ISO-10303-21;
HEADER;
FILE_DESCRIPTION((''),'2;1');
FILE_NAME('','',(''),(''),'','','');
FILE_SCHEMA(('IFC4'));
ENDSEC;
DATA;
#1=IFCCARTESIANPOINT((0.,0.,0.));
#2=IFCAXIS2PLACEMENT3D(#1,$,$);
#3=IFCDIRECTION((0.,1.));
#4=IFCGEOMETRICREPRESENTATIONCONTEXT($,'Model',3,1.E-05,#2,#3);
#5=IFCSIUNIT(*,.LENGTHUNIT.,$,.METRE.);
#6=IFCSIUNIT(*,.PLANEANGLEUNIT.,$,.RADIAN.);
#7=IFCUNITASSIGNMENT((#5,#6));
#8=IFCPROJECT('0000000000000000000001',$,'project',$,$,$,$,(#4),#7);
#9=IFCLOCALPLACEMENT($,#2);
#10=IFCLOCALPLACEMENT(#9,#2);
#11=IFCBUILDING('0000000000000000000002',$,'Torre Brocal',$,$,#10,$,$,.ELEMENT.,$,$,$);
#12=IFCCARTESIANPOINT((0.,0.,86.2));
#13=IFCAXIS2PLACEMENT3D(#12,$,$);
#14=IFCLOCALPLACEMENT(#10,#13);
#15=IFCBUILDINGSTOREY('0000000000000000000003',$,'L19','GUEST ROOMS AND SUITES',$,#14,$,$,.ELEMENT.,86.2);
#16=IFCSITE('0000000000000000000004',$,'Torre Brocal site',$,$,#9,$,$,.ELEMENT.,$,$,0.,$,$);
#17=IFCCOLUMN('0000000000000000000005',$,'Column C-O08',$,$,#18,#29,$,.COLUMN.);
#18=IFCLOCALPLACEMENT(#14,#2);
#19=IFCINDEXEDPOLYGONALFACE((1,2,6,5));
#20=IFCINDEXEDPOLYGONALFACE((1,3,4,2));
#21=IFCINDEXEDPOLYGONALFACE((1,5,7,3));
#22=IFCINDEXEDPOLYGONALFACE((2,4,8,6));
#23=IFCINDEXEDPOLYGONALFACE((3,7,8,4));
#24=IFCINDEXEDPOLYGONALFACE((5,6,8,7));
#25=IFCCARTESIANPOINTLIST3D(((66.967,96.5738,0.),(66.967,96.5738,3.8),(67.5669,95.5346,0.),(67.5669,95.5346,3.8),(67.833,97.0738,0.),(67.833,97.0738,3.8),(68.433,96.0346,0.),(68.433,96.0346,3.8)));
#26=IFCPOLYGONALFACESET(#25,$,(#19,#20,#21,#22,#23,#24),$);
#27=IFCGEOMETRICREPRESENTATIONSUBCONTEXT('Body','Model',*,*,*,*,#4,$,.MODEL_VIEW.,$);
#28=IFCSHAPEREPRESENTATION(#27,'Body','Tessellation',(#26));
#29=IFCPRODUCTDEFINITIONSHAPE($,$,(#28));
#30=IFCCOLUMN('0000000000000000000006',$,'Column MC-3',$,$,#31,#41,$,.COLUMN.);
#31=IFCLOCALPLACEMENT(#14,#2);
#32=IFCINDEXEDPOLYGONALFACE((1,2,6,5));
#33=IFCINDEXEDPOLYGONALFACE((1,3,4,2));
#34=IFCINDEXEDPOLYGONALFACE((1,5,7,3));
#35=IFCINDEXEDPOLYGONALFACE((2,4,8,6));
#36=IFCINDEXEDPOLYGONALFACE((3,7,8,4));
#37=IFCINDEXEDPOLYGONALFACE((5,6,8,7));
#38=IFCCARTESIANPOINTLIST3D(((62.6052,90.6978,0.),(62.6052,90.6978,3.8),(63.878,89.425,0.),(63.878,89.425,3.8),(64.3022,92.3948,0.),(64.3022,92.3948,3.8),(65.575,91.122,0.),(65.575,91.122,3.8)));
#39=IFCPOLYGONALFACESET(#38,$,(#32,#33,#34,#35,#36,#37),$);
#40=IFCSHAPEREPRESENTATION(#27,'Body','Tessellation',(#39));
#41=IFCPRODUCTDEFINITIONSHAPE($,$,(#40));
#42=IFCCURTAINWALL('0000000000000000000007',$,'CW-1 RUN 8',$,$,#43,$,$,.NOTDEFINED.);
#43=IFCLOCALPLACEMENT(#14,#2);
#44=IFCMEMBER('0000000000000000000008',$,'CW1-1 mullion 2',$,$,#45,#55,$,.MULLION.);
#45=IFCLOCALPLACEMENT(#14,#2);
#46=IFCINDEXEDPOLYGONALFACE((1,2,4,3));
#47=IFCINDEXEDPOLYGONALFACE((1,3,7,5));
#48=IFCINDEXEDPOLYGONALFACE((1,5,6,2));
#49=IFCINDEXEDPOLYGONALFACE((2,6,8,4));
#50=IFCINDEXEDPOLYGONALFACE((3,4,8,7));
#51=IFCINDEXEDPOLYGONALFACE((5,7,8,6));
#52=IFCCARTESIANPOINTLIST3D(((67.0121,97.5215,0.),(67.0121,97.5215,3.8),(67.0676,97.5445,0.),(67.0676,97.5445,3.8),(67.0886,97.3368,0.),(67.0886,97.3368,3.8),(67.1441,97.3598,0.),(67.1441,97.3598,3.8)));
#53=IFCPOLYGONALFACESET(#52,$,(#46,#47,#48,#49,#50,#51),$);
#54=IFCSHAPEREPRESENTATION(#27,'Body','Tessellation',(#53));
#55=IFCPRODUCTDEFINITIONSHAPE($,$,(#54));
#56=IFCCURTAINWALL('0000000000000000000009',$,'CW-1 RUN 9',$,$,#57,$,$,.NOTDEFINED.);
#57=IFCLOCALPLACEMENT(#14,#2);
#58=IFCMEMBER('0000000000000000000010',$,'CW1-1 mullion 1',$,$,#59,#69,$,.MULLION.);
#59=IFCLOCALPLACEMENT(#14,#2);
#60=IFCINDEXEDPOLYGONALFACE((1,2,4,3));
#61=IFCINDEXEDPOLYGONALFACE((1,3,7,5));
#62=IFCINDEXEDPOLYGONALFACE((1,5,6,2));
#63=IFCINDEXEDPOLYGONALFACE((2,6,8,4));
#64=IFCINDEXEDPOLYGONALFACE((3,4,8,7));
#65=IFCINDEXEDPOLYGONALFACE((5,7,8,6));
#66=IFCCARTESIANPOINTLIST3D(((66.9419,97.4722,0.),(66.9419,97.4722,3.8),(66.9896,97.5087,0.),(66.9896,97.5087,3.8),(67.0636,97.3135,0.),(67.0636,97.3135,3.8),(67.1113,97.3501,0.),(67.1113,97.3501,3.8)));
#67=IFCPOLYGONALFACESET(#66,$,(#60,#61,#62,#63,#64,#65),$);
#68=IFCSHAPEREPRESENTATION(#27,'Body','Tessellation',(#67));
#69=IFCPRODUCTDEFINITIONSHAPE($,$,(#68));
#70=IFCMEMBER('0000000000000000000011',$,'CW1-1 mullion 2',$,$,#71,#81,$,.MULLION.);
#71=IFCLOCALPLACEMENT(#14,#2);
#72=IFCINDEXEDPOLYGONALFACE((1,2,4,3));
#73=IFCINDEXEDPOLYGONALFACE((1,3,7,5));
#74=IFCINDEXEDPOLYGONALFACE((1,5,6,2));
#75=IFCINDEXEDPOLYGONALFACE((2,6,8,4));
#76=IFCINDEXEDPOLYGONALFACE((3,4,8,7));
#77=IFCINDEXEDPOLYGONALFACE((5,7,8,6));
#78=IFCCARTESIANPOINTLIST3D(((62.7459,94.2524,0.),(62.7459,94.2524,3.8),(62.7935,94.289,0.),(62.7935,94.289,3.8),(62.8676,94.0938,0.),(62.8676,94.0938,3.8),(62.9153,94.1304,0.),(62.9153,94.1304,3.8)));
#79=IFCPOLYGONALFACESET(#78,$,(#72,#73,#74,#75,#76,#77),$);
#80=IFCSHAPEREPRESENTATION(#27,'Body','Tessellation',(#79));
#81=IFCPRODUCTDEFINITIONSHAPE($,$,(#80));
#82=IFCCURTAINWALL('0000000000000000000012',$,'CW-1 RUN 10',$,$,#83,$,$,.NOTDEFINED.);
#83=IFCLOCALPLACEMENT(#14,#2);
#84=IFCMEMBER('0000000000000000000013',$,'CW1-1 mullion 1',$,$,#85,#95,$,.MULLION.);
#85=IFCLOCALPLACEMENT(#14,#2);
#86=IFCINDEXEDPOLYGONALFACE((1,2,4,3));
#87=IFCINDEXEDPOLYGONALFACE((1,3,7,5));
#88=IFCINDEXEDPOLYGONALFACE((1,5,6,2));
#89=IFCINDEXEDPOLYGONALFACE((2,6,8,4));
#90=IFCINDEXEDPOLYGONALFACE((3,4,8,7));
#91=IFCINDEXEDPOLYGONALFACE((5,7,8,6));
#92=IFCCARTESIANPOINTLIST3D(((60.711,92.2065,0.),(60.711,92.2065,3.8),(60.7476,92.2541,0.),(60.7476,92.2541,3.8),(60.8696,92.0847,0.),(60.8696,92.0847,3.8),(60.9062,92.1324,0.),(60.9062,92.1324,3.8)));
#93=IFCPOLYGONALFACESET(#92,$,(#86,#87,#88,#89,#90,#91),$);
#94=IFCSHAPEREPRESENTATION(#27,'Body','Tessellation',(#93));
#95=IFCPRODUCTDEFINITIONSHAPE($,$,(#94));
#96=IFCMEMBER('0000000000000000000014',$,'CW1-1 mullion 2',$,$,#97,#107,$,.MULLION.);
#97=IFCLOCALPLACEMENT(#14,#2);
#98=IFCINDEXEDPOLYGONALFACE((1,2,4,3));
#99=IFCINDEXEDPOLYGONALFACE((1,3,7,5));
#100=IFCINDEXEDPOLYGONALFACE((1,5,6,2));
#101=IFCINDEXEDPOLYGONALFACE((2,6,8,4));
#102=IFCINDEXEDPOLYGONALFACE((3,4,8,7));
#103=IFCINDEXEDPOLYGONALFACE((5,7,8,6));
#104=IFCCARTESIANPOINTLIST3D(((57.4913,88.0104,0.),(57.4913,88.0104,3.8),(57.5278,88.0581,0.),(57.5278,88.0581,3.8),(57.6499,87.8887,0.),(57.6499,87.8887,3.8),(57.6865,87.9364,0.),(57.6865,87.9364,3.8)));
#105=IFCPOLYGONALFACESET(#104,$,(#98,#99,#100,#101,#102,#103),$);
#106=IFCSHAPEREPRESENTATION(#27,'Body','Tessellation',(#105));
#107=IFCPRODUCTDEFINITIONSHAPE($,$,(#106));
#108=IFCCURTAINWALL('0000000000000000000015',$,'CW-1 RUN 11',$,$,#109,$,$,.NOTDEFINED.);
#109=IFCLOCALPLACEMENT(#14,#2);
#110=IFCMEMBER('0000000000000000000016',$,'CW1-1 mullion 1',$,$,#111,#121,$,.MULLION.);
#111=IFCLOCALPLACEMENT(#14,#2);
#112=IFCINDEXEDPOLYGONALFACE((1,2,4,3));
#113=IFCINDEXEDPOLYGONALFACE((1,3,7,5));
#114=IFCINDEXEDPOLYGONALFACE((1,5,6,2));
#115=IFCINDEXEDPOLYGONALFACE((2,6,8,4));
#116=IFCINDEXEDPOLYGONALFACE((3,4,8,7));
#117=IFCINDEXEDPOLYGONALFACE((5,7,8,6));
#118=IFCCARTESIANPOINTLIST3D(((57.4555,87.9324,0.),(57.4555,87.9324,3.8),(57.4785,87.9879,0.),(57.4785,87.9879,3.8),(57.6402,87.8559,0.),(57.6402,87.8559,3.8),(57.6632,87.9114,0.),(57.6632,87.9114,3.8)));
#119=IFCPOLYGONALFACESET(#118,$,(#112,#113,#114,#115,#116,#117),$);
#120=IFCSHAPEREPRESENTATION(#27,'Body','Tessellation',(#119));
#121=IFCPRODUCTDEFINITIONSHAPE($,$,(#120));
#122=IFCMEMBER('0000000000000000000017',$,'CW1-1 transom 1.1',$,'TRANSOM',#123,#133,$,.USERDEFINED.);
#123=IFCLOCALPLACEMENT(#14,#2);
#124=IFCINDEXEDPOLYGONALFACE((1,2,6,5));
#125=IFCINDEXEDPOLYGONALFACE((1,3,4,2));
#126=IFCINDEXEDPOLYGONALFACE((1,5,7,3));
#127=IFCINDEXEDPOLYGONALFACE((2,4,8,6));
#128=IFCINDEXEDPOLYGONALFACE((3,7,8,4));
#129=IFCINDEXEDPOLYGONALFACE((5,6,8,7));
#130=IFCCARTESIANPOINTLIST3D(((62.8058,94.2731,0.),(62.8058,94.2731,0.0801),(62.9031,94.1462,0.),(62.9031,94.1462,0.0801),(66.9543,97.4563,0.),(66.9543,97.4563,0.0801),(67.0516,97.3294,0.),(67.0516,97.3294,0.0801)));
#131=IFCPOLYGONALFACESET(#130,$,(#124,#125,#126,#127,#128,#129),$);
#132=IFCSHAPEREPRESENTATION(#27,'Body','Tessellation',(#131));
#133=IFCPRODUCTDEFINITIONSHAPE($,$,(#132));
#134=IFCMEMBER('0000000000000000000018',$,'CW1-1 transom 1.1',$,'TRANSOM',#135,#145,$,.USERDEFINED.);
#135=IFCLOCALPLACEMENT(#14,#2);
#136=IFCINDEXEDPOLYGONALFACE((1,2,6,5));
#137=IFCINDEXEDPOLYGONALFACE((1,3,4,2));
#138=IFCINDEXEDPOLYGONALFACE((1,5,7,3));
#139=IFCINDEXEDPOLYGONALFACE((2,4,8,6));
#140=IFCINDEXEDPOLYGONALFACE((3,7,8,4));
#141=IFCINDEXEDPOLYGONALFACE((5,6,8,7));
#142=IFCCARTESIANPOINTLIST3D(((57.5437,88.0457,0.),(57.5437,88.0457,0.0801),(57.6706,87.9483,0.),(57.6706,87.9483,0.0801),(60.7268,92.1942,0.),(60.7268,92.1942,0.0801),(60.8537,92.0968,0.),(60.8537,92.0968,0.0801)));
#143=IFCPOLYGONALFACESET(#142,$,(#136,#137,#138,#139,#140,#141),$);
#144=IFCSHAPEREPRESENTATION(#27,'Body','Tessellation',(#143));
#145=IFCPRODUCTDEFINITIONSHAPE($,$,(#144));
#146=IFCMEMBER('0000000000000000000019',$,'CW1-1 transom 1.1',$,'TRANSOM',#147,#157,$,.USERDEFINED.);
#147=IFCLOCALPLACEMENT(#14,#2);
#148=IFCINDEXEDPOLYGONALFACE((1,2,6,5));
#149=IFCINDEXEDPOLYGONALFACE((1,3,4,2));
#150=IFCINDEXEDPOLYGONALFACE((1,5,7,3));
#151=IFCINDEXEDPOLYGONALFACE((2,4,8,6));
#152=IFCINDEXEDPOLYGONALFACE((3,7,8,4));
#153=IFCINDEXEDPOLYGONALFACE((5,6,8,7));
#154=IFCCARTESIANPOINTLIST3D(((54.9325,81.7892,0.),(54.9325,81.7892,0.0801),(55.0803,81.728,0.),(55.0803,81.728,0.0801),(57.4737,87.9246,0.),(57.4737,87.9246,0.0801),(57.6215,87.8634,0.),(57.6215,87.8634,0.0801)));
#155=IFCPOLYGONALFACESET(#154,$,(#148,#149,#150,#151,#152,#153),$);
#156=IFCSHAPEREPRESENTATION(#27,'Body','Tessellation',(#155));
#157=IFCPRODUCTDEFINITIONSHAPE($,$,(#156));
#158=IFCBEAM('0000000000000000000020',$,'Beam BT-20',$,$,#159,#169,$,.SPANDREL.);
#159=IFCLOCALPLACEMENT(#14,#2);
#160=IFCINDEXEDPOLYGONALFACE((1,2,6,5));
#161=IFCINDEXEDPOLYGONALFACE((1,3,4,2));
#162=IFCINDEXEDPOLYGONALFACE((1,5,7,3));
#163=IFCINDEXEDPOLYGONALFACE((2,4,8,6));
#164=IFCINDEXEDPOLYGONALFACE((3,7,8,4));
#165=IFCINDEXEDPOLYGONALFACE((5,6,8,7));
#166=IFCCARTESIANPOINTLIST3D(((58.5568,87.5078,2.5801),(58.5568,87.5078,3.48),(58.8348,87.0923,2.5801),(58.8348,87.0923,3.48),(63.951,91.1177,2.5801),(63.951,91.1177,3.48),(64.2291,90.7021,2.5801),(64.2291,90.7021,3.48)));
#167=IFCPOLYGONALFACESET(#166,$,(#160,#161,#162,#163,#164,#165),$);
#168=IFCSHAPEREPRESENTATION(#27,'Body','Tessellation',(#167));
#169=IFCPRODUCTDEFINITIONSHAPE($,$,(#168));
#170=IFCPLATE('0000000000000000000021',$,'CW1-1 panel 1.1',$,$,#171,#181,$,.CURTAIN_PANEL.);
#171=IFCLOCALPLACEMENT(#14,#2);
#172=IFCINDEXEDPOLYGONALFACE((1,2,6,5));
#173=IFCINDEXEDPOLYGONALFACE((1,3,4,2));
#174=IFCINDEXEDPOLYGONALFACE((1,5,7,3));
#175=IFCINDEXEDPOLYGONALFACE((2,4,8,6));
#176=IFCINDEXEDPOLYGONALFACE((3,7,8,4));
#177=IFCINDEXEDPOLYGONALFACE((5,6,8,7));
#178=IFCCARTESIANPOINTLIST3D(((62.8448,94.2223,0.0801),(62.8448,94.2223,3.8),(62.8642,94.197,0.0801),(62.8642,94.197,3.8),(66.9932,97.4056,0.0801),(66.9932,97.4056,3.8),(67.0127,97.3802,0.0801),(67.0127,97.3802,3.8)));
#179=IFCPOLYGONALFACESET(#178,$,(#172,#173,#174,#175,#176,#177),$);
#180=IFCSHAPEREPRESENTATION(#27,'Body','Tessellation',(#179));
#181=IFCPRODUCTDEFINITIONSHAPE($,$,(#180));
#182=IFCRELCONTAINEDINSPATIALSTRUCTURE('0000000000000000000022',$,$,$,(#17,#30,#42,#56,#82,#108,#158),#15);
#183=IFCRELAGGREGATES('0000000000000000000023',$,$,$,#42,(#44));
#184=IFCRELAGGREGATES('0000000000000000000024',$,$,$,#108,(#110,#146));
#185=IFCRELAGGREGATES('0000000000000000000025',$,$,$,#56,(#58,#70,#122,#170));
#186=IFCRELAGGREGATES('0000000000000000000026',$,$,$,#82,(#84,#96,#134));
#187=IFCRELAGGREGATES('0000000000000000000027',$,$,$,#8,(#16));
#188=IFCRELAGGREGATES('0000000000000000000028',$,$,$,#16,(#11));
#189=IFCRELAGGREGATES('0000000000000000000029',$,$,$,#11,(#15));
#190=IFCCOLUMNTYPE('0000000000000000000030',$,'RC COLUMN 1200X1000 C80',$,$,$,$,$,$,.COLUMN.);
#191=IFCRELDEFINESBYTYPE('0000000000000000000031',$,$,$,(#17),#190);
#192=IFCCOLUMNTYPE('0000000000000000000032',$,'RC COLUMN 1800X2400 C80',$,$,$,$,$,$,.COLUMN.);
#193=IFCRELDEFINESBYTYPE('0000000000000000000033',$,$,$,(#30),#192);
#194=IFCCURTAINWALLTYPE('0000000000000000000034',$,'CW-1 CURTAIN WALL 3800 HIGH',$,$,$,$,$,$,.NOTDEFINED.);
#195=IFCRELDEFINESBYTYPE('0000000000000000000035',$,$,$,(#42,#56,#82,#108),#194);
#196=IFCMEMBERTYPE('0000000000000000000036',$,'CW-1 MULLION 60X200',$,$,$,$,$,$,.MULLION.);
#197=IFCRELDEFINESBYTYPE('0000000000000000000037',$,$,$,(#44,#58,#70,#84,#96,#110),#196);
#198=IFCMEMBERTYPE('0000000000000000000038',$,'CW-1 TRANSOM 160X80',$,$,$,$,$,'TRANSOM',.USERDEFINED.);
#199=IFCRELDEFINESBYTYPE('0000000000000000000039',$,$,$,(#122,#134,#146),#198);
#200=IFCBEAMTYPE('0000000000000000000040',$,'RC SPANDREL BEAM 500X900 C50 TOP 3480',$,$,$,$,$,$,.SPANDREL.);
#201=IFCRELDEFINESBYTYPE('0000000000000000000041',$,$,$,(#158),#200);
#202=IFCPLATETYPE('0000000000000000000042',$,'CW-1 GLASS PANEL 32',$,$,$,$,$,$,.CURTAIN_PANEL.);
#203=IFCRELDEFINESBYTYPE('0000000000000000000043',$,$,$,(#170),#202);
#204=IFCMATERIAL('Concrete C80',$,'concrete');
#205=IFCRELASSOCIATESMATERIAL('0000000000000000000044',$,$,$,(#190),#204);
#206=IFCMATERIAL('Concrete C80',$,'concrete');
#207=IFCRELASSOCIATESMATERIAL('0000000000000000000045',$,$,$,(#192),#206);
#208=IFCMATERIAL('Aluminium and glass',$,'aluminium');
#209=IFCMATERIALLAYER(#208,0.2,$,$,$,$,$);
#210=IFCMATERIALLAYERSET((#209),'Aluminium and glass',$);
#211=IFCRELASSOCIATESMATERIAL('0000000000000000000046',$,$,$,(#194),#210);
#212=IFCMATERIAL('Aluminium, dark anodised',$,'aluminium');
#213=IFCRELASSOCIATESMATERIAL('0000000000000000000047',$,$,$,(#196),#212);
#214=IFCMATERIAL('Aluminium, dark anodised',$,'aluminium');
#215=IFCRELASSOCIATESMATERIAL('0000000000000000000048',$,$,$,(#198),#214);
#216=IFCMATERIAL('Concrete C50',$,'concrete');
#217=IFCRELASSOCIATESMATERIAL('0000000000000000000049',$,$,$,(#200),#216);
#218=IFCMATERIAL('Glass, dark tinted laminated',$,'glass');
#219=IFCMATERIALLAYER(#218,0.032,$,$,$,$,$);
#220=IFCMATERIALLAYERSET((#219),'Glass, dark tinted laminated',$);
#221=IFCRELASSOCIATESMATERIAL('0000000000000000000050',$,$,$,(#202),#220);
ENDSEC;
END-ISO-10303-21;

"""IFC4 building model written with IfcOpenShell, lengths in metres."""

from ifc_helpers import new_model, si_unit, direction, frame, origin, origin_2d, place, context, subcontext, project, spatial, rectangle, extrude, material, layer, layer_set, material_profile, profile_set, type_object, element, aggregate, save


model = new_model("IFC4")

# Units and contexts
model_context = context("Model", 3, precision=1e-05, world=origin(), true_north=direction((0.0, 1.0)))
body_context = subcontext(model_context, "Body", "Model", "MODEL_VIEW")
ifc_project = project(units=[si_unit("LENGTHUNIT", "METRE"), si_unit("PLANEANGLEUNIT", "RADIAN")], contexts=[model_context])

# Site, building, storey
site_placement = place(None, origin())
site = spatial("IfcSite", under=ifc_project, at=site_placement, Name="Torre Brocal site", CompositionType="ELEMENT", RefElevation=0.0)
building_placement = place(site_placement, origin())
building = spatial("IfcBuilding", under=site, at=building_placement, Name="Torre Brocal", CompositionType="ELEMENT")
storey_placement = place(building_placement, frame((0.0, 0.0, 86.2)))
storey = spatial("IfcBuildingStorey", under=building, at=storey_placement, Name="L19", Description="GUEST ROOMS AND SUITES", CompositionType="ELEMENT", Elevation=86.2)

# Columns
ifc_material_1 = material(Name="Concrete C80", Category="concrete")
ifc_material_profile_1 = material_profile(ifc_material_1, rectangle(XDim=1.2, YDim=1.0, at=origin_2d()), Name="RC 1200X1000")
ifc_profile_set_1 = profile_set([ifc_material_profile_1], Name="Concrete C80")
column_type_1 = type_object("IfcColumnType", Name="RC COLUMN 1200X1000 C80", PredefinedType="COLUMN", material=ifc_profile_set_1)
column_1_placement = place(storey_placement, frame((67.7, 96.3042, 0.0), z_axis=(0.0, 0.0, 1.0), x_axis=(-0.5, 0.866025, 0.0)))
element("IfcColumn", 1, at=column_1_placement, inside=storey, type_object=column_type_1, Name="Column C-O08", PredefinedType="COLUMN", context=body_context, shape_type="SweptSolid", body=[
    extrude(rectangle(XDim=1.2, YDim=1.0, at=origin_2d()), origin(), (0.0, 0.0, 1.0), 3.8),
])
ifc_material_2 = material(Name="Concrete C80", Category="concrete")
ifc_material_profile_2 = material_profile(ifc_material_2, rectangle(XDim=1.8, YDim=2.3999, at=origin_2d()), Name="RC 1800X2400")
ifc_profile_set_2 = profile_set([ifc_material_profile_2], Name="Concrete C80")
column_type_2 = type_object("IfcColumnType", Name="RC COLUMN 1800X2400 C80", PredefinedType="COLUMN", material=ifc_profile_set_2)
column_2_placement = place(storey_placement, frame((64.0901, 90.9099, 0.0), z_axis=(0.0, 0.0, 1.0), x_axis=(-0.707107, 0.707107, 0.0)))
element("IfcColumn", 2, at=column_2_placement, inside=storey, type_object=column_type_2, Name="Column MC-3", PredefinedType="COLUMN", context=body_context, shape_type="SweptSolid", body=[
    extrude(rectangle(XDim=1.8, YDim=2.3999, at=origin_2d()), origin(), (0.0, 0.0, 1.0), 3.8),
])

# Curtain wall, member
ifc_material_3 = material(Name="Aluminium and glass", Category="aluminium")
ifc_layer_1 = layer(ifc_material_3, 0.2)
ifc_layer_set_1 = layer_set([ifc_layer_1], Name="Aluminium and glass")
curtain_wall_type = type_object("IfcCurtainWallType", Name="CW-1 CURTAIN WALL 3800 HIGH", PredefinedType="NOTDEFINED", material=ifc_layer_set_1)
curtain_wall_1_placement = place(storey_placement, origin())
curtain_wall_1 = element("IfcCurtainWall", 3, at=curtain_wall_1_placement, inside=storey, type_object=curtain_wall_type, Name="CW-1 RUN 8", PredefinedType="NOTDEFINED")
ifc_material_4 = material(Name="Aluminium, dark anodised", Category="aluminium")
ifc_material_profile_3 = material_profile(ifc_material_4, rectangle(XDim=0.2, YDim=0.0601, at=origin_2d()), Name="CW-1 MULLION 60X200")
ifc_profile_set_3 = profile_set([ifc_material_profile_3], Name="Aluminium, dark anodised")
member_type_1 = type_object("IfcMemberType", Name="CW-1 MULLION 60X200", PredefinedType="MULLION", material=ifc_profile_set_3)
member_1_placement = place(storey_placement, frame((67.0781, 97.4407, 0.0), z_axis=(0.0, 0.0, 1.0), x_axis=(0.382683, -0.92388, 0.0)))
member_1 = element("IfcMember", 4, at=member_1_placement, type_object=member_type_1, Name="CW1-1 mullion 2", PredefinedType="MULLION", context=body_context, shape_type="SweptSolid", body=[
    extrude(rectangle(XDim=0.2, YDim=0.0601, at=origin_2d()), origin(), (0.0, 0.0, 1.0), 3.8),
])
aggregate(curtain_wall_1, [member_1])

# Curtain walls, members
curtain_wall_2_placement = place(storey_placement, origin())
curtain_wall_2 = element("IfcCurtainWall", 5, at=curtain_wall_2_placement, inside=storey, type_object=curtain_wall_type, Name="CW-1 RUN 9", PredefinedType="NOTDEFINED")
member_2_placement = place(storey_placement, frame((67.0266, 97.4111, 0.0), z_axis=(0.0, 0.0, 1.0), x_axis=(0.608761, -0.793353, 0.0)))
member_2 = element("IfcMember", 6, at=member_2_placement, type_object=member_type_1, Name="CW1-1 mullion 1", PredefinedType="MULLION", context=body_context, shape_type="SweptSolid", body=[
    extrude(rectangle(XDim=0.2, YDim=0.0601, at=origin_2d()), origin(), (0.0, 0.0, 1.0), 3.8),
])
member_3_placement = place(storey_placement, frame((62.8306, 94.1914, 0.0), z_axis=(0.0, 0.0, 1.0), x_axis=(0.608761, -0.793353, 0.0)))
member_3 = element("IfcMember", 7, at=member_3_placement, type_object=member_type_1, Name="CW1-1 mullion 2", PredefinedType="MULLION", context=body_context, shape_type="SweptSolid", body=[
    extrude(rectangle(XDim=0.2, YDim=0.0601, at=origin_2d()), origin(), (0.0, 0.0, 1.0), 3.8),
])
curtain_wall_3_placement = place(storey_placement, origin())
curtain_wall_3 = element("IfcCurtainWall", 8, at=curtain_wall_3_placement, inside=storey, type_object=curtain_wall_type, Name="CW-1 RUN 10", PredefinedType="NOTDEFINED")
member_4_placement = place(storey_placement, frame((60.8086, 92.1694, 0.0), z_axis=(0.0, 0.0, 1.0), x_axis=(0.793353, -0.608761, 0.0)))
member_4 = element("IfcMember", 9, at=member_4_placement, type_object=member_type_1, Name="CW1-1 mullion 1", PredefinedType="MULLION", context=body_context, shape_type="SweptSolid", body=[
    extrude(rectangle(XDim=0.2, YDim=0.0601, at=origin_2d()), origin(), (0.0, 0.0, 1.0), 3.8),
])
member_5_placement = place(storey_placement, frame((57.5889, 87.9734, 0.0), z_axis=(0.0, 0.0, 1.0), x_axis=(0.793353, -0.608761, 0.0)))
member_5 = element("IfcMember", 10, at=member_5_placement, type_object=member_type_1, Name="CW1-1 mullion 2", PredefinedType="MULLION", context=body_context, shape_type="SweptSolid", body=[
    extrude(rectangle(XDim=0.2, YDim=0.0601, at=origin_2d()), origin(), (0.0, 0.0, 1.0), 3.8),
])

# Curtain wall, member
curtain_wall_4_placement = place(storey_placement, origin())
curtain_wall_4 = element("IfcCurtainWall", 11, at=curtain_wall_4_placement, inside=storey, type_object=curtain_wall_type, Name="CW-1 RUN 11", PredefinedType="NOTDEFINED")
member_6_placement = place(storey_placement, frame((57.5593, 87.9219, 0.0), z_axis=(0.0, 0.0, 1.0), x_axis=(0.92388, -0.382683, 0.0)))
member_6 = element("IfcMember", 12, at=member_6_placement, type_object=member_type_1, Name="CW1-1 mullion 1", PredefinedType="MULLION", context=body_context, shape_type="SweptSolid", body=[
    extrude(rectangle(XDim=0.2, YDim=0.0601, at=origin_2d()), origin(), (0.0, 0.0, 1.0), 3.8),
])

# Members
ifc_material_5 = material(Name="Aluminium, dark anodised", Category="aluminium")
ifc_material_profile_4 = material_profile(ifc_material_5, rectangle(XDim=0.1599, YDim=0.0801, at=origin_2d()), Name="CW-1 TRANSOM 160X80")
ifc_profile_set_4 = profile_set([ifc_material_profile_4], Name="Aluminium, dark anodised")
member_type_2 = type_object("IfcMemberType", Name="CW-1 TRANSOM 160X80", ElementType="TRANSOM", PredefinedType="USERDEFINED", material=ifc_profile_set_4)
member_7_placement = place(storey_placement, frame((67.0029, 97.3928, 0.04), z_axis=(-0.793363, -0.608749, 0.0), x_axis=(0.608749, -0.793363, 0.0)))
member_7 = element("IfcMember", 13, at=member_7_placement, type_object=member_type_2, Name="CW1-1 transom 1.1", ObjectType="TRANSOM", PredefinedType="USERDEFINED", context=body_context, shape_type="SweptSolid", body=[
    extrude(rectangle(XDim=0.1599, YDim=0.0801, at=origin_2d()), origin(), (0.0, 0.0, 1.0), 5.229),
])
member_8_placement = place(storey_placement, frame((60.7903, 92.1455, 0.04), z_axis=(-0.608749, -0.793363, 0.0), x_axis=(0.793363, -0.608749, 0.0)))
member_8 = element("IfcMember", 14, at=member_8_placement, type_object=member_type_2, Name="CW1-1 transom 1.1", ObjectType="TRANSOM", PredefinedType="USERDEFINED", context=body_context, shape_type="SweptSolid", body=[
    extrude(rectangle(XDim=0.1599, YDim=0.0801, at=origin_2d()), origin(), (0.0, 0.0, 1.0), 5.229),
])
member_9_placement = place(storey_placement, frame((57.5476, 87.894, 0.04), z_axis=(-0.382665, -0.923887, 0.0), x_axis=(0.923887, -0.382665, 0.0)))
member_9 = element("IfcMember", 15, at=member_9_placement, type_object=member_type_2, Name="CW1-1 transom 1.1", ObjectType="TRANSOM", PredefinedType="USERDEFINED", context=body_context, shape_type="SweptSolid", body=[
    extrude(rectangle(XDim=0.1599, YDim=0.0801, at=origin_2d()), origin(), (0.0, 0.0, 1.0), 6.6409),
])
aggregate(curtain_wall_4, [member_6, member_9])

# Beam
ifc_material_6 = material(Name="Concrete C50", Category="concrete")
ifc_material_profile_5 = material_profile(ifc_material_6, rectangle(XDim=0.5, YDim=0.8999, at=origin_2d()), Name="RC 500X900")
ifc_profile_set_5 = profile_set([ifc_material_profile_5], Name="Concrete C50")
beam_type = type_object("IfcBeamType", Name="RC SPANDREL BEAM 500X900 C50 TOP 3480", PredefinedType="SPANDREL", material=ifc_profile_set_5)
beam_placement = place(storey_placement, frame((64.0901, 90.9099, 3.03), z_axis=(-0.831077, -0.556158, 0.0), x_axis=(0.556158, -0.831077, 0.0)))
element("IfcBeam", 16, at=beam_placement, inside=storey, type_object=beam_type, Name="Beam BT-20", PredefinedType="SPANDREL", context=body_context, shape_type="SweptSolid", body=[
    extrude(rectangle(XDim=0.5, YDim=0.8999, at=origin_2d()), origin(), (0.0, 0.0, 1.0), 6.4907),
])

# Plate
ifc_material_7 = material(Name="Glass, dark tinted laminated", Category="glass")
ifc_layer_2 = layer(ifc_material_7, 0.032)
ifc_layer_set_2 = layer_set([ifc_layer_2], Name="Glass, dark tinted laminated")
plate_type = type_object("IfcPlateType", Name="CW-1 GLASS PANEL 32", PredefinedType="CURTAIN_PANEL", material=ifc_layer_set_2)
plate_1_placement = place(storey_placement, frame((64.9287, 95.8013, 0.0801), z_axis=(0.0, 0.0, 1.0), x_axis=(-0.793353, -0.608761, 0.0)))
plate_1 = element("IfcPlate", 17, at=plate_1_placement, type_object=plate_type, Name="CW1-1 panel 1.1", PredefinedType="CURTAIN_PANEL", context=body_context, shape_type="SweptSolid", body=[
    extrude(rectangle(XDim=5.229, YDim=0.032, at=origin_2d()), origin(), (0.0, 0.0, 1.0), 3.72),
])
aggregate(curtain_wall_2, [member_2, member_3, member_7, plate_1])
aggregate(curtain_wall_3, [member_4, member_5, member_8])

save(model, "model.ifc")
